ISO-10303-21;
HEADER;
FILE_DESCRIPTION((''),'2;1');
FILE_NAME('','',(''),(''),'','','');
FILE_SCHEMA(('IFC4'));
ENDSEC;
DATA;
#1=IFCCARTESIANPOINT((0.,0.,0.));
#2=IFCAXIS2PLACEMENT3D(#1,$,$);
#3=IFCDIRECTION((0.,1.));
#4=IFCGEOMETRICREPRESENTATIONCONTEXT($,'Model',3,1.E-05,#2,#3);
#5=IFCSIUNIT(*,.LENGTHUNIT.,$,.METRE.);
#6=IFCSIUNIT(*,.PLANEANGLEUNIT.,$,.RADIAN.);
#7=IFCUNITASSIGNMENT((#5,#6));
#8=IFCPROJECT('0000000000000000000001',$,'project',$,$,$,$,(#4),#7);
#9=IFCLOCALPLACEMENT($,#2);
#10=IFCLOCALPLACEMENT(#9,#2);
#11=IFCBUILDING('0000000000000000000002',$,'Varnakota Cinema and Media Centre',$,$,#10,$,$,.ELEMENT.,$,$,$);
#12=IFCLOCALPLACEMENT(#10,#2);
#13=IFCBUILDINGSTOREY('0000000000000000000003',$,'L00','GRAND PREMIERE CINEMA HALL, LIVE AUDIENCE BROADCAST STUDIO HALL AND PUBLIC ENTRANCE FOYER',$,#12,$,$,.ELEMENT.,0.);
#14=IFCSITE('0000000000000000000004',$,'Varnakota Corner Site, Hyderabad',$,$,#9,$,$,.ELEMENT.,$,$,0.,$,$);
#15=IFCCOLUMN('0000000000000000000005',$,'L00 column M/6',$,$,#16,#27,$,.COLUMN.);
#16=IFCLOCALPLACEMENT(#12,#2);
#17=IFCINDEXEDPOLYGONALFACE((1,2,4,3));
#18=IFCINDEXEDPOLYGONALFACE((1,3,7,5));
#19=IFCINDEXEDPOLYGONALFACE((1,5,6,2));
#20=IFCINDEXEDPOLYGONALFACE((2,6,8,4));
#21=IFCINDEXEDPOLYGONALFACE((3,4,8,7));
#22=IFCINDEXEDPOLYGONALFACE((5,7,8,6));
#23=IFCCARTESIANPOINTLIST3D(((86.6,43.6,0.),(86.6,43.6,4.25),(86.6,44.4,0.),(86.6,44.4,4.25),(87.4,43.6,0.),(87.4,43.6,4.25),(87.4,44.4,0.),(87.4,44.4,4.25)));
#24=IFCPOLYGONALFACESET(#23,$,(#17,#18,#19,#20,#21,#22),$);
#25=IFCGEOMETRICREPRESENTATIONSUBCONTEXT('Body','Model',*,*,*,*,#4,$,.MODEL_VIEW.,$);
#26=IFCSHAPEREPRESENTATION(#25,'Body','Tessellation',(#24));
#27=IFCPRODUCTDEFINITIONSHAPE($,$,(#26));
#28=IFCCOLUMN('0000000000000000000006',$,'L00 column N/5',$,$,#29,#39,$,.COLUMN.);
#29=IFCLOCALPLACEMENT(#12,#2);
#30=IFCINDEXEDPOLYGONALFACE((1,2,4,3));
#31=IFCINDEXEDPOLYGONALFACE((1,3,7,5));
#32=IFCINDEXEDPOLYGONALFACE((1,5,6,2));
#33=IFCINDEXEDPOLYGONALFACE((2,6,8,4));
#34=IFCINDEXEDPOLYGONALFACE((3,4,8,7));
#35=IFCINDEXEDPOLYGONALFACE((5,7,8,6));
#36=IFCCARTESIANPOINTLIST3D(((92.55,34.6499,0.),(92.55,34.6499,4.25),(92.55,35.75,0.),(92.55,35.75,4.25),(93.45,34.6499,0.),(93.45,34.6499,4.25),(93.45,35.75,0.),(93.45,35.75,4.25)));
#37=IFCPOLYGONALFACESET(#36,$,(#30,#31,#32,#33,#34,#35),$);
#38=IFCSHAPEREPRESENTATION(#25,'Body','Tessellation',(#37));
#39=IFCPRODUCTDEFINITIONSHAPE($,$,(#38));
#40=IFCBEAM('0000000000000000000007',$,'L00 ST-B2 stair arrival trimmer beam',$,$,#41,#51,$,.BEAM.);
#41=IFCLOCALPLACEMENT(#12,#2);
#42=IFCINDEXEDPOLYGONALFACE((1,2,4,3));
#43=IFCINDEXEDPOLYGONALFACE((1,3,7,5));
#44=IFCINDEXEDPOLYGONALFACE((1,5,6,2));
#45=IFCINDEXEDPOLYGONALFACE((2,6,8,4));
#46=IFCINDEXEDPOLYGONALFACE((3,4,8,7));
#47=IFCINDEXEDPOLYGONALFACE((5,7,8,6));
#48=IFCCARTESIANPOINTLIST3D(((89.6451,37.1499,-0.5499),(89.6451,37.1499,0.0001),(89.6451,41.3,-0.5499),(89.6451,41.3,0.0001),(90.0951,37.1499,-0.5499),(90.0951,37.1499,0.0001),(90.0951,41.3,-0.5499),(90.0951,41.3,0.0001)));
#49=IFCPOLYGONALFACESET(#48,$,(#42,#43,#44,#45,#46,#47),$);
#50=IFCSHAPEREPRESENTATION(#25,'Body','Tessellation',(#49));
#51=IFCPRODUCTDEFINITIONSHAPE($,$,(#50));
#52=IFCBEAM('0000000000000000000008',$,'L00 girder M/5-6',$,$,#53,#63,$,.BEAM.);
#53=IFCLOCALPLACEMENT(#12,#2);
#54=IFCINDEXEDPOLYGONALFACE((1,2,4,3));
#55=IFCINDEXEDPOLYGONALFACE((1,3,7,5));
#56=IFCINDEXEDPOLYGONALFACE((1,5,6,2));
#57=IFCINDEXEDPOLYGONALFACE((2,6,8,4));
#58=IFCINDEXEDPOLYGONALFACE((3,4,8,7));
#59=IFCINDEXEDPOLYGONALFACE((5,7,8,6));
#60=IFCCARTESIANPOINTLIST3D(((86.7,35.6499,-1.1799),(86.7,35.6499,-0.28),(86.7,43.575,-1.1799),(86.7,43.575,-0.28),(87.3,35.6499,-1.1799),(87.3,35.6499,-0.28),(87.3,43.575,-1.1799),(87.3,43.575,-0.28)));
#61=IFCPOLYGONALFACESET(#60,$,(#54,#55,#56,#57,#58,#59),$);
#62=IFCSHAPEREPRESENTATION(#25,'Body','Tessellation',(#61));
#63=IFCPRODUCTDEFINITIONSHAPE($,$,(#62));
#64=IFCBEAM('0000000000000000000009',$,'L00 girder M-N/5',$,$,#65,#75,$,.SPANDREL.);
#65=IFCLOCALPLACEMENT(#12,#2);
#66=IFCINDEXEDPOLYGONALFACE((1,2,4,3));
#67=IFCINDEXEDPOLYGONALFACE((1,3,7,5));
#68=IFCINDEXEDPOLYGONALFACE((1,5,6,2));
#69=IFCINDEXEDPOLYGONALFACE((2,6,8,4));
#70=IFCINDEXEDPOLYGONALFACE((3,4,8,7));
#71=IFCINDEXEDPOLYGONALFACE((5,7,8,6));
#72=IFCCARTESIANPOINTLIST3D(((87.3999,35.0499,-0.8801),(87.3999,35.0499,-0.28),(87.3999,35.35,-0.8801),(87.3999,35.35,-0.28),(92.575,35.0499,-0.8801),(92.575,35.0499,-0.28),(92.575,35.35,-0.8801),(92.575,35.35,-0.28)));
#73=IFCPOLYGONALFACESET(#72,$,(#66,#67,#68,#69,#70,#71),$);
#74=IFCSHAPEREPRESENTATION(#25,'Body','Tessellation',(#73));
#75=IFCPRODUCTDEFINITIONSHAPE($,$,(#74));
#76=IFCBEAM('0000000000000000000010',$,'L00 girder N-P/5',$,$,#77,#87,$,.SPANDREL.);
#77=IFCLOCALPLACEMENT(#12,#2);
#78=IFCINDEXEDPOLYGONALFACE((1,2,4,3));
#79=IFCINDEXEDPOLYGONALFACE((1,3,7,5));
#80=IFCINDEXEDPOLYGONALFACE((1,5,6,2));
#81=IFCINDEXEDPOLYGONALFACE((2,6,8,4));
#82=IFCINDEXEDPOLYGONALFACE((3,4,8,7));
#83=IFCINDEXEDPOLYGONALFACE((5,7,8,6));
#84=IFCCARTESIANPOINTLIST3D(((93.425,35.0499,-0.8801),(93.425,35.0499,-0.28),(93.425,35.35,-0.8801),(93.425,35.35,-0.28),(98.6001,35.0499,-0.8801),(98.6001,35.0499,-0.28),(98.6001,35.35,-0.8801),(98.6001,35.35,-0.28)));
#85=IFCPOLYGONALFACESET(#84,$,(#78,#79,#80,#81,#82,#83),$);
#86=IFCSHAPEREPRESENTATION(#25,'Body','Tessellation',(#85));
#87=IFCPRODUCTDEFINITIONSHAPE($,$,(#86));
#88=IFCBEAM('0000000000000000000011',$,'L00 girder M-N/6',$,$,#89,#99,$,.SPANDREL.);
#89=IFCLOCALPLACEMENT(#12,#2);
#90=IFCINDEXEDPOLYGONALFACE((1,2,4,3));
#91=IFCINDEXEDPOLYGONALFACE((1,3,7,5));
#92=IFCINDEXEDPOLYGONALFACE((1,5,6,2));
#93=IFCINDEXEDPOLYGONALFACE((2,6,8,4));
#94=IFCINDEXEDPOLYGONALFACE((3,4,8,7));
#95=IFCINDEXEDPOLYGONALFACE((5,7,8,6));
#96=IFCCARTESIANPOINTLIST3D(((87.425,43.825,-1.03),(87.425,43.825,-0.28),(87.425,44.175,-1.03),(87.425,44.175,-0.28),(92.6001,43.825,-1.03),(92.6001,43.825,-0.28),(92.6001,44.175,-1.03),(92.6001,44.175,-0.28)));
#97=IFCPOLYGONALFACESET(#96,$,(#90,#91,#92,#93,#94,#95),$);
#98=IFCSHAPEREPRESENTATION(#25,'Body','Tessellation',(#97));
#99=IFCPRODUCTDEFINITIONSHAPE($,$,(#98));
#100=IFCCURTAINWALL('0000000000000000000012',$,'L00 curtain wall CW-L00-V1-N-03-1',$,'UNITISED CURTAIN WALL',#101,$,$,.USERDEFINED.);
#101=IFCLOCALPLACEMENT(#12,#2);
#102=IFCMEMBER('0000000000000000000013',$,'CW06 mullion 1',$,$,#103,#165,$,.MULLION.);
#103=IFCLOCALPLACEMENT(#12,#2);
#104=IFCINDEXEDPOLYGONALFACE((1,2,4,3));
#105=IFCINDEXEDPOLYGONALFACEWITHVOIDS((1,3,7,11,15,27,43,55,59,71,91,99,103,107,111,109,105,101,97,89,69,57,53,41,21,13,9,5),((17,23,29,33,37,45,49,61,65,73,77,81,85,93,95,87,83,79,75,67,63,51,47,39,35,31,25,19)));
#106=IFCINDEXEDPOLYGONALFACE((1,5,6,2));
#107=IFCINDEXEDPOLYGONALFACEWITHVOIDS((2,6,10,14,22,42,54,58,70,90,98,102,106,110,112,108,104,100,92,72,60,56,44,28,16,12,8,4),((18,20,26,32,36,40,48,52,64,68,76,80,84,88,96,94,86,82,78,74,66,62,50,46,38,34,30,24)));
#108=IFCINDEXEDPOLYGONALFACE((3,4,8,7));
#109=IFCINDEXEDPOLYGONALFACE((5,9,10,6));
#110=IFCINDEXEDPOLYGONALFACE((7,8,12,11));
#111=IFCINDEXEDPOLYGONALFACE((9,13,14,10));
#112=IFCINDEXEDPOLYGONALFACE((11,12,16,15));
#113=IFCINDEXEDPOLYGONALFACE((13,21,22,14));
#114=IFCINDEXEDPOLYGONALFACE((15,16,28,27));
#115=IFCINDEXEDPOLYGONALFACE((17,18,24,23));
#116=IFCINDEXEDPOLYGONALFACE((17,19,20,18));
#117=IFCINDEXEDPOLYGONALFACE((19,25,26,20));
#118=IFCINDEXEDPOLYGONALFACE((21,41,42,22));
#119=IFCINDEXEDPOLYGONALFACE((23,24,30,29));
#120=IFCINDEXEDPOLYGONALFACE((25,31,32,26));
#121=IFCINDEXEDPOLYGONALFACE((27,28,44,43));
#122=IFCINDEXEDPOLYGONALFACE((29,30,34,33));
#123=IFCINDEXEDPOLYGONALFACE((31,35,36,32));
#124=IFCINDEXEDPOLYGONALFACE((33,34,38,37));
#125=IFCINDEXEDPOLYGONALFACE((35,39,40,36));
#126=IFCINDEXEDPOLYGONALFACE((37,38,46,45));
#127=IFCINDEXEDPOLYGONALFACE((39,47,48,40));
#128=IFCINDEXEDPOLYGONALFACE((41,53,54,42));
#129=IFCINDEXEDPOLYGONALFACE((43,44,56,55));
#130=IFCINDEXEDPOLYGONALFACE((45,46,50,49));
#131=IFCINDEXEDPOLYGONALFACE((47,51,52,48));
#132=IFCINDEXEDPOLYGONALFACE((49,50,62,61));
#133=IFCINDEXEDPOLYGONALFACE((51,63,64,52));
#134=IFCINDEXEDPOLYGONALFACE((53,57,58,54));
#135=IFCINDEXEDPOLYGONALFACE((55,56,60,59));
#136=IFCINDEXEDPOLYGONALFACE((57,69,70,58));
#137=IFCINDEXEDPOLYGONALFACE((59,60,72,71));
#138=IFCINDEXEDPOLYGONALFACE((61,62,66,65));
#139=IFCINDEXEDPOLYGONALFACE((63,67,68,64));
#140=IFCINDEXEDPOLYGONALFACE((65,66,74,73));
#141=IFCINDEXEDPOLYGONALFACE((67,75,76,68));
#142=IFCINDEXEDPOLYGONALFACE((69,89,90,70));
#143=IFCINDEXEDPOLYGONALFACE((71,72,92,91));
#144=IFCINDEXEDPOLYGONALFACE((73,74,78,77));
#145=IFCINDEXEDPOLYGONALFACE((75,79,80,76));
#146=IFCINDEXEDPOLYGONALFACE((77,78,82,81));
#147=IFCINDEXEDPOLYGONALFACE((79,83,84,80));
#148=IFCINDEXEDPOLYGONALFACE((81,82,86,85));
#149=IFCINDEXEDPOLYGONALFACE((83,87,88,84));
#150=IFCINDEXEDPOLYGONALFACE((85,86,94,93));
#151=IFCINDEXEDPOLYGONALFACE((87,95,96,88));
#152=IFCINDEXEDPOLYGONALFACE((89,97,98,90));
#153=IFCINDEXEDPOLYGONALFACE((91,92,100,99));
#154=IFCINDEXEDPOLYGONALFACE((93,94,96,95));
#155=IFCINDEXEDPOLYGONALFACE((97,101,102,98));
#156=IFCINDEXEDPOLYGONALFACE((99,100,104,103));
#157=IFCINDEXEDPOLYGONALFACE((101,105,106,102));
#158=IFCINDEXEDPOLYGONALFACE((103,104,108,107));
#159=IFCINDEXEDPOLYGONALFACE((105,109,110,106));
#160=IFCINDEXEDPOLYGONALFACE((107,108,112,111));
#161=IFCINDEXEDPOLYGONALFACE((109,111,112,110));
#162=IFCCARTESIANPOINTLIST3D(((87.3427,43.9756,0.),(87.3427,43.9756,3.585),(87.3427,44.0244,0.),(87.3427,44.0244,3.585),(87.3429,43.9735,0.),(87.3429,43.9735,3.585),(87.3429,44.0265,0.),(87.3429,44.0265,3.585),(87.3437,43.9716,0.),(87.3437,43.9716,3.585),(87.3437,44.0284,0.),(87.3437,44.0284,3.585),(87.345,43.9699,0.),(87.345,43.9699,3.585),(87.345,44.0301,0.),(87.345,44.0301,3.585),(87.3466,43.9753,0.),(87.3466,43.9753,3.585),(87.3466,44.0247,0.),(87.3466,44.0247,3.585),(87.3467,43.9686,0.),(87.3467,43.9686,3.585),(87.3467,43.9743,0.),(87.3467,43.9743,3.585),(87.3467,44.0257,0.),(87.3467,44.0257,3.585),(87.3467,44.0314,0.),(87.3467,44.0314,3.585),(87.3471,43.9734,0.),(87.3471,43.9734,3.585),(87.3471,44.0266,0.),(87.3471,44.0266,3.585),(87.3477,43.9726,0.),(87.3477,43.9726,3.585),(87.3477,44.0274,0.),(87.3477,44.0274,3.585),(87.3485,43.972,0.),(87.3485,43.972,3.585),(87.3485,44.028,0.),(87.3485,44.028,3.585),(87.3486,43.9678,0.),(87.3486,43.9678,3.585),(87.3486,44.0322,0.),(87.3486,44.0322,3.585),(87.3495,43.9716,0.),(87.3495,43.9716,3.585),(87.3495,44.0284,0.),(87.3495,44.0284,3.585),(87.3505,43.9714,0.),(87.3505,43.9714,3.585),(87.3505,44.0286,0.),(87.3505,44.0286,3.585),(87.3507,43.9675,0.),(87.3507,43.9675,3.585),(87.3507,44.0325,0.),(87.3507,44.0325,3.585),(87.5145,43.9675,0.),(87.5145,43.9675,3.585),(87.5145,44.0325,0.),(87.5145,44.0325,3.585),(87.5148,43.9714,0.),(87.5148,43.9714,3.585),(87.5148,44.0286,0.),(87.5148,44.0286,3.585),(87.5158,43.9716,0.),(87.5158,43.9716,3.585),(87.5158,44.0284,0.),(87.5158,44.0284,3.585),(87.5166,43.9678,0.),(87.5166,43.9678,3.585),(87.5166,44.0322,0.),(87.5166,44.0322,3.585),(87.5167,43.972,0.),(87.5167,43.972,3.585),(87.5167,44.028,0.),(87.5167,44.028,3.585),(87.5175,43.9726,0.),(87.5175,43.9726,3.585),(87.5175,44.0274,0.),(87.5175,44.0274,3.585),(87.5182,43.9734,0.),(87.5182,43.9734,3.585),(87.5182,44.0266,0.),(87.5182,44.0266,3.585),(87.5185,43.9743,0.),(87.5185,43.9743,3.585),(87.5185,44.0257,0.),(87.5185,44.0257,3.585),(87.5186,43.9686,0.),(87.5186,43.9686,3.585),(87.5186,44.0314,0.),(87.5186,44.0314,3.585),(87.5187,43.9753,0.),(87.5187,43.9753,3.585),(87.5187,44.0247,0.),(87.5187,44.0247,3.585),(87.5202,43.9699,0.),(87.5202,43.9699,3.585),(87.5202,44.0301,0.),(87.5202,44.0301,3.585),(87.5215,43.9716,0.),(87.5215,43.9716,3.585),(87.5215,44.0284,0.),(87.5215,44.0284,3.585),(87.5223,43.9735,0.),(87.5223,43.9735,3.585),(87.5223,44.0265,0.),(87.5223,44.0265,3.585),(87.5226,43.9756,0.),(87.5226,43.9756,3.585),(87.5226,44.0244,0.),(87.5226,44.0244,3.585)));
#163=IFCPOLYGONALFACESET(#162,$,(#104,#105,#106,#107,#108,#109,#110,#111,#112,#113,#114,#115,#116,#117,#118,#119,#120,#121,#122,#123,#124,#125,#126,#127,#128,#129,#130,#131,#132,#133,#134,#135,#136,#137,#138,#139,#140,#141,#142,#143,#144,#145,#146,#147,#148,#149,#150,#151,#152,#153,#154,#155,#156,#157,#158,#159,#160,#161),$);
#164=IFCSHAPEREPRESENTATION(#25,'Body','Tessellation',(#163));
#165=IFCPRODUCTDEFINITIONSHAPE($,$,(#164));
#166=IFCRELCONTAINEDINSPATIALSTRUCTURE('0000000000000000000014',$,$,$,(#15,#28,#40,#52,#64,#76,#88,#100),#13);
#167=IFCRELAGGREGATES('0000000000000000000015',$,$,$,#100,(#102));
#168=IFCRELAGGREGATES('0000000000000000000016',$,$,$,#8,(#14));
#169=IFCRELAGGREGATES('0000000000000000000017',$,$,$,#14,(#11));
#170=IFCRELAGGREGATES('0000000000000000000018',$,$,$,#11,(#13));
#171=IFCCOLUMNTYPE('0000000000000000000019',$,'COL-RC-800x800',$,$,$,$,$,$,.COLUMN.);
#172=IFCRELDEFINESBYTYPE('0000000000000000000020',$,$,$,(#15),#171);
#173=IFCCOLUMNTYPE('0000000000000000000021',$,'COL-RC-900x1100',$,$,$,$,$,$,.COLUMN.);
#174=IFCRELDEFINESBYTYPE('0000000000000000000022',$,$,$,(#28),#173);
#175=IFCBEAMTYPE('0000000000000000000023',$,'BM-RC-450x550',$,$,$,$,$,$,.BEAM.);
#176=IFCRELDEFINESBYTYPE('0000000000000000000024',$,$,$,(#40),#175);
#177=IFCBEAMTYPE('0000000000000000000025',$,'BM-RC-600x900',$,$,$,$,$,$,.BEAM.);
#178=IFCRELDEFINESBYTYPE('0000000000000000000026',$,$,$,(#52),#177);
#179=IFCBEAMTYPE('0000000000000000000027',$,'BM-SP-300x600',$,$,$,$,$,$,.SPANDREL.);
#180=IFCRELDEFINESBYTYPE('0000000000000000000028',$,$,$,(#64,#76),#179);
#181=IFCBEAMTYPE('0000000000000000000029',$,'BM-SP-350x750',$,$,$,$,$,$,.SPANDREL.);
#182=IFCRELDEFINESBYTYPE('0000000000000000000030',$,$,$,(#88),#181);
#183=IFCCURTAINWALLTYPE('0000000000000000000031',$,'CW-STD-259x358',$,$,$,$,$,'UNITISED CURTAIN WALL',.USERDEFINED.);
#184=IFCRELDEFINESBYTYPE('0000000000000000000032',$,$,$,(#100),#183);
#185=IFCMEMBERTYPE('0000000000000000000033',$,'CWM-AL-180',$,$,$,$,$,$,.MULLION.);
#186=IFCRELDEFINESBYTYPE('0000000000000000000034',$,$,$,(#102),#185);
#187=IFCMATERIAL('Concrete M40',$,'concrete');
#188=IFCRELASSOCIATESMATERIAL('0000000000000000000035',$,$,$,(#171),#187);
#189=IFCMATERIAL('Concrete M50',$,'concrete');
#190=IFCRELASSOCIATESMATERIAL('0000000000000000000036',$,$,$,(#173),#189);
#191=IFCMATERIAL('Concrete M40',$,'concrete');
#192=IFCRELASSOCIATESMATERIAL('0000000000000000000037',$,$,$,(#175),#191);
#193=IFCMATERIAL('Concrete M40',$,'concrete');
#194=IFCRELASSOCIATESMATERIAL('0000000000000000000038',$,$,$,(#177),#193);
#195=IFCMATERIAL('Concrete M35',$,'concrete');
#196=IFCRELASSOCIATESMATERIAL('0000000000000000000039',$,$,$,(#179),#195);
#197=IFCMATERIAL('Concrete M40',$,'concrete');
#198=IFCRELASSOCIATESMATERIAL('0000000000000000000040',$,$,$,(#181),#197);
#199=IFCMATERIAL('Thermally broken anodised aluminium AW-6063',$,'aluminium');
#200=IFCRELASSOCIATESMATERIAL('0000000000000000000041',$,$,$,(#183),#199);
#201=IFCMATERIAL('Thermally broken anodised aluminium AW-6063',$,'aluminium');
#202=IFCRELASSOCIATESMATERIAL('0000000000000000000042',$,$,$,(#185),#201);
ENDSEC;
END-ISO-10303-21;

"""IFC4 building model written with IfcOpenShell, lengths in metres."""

from ifc_helpers import new_model, si_unit, direction, frame, origin, origin_2d, place, context, subcontext, project, spatial, rectangle, hollow_rectangle, extrude, material, material_profile, profile_set, type_object, element, aggregate, save


model = new_model("IFC4")

# Units and contexts
model_context = context("Model", 3, precision=1e-05, world=origin(), true_north=direction((0.0, 1.0)))
body_context = subcontext(model_context, "Body", "Model", "MODEL_VIEW")
ifc_project = project(units=[si_unit("LENGTHUNIT", "METRE"), si_unit("PLANEANGLEUNIT", "RADIAN")], contexts=[model_context])

# Site, building, storey
site_placement = place(None, origin())
site = spatial("IfcSite", under=ifc_project, at=site_placement, Name="Varnakota Corner Site, Hyderabad", CompositionType="ELEMENT", RefElevation=0.0)
building_placement = place(site_placement, origin())
building = spatial("IfcBuilding", under=site, at=building_placement, Name="Varnakota Cinema and Media Centre", CompositionType="ELEMENT")
storey_placement = place(building_placement, origin())
storey = spatial("IfcBuildingStorey", under=building, at=storey_placement, Name="L00", Description="GRAND PREMIERE CINEMA HALL, LIVE AUDIENCE BROADCAST STUDIO HALL AND PUBLIC ENTRANCE FOYER", CompositionType="ELEMENT", Elevation=0.0)

# Columns
ifc_material_1 = material(Name="Concrete M40", Category="concrete")
ifc_material_profile_1 = material_profile(ifc_material_1, rectangle(XDim=0.8, YDim=0.8, at=origin_2d()), Name="RC 800x800")
ifc_profile_set_1 = profile_set([ifc_material_profile_1], Name="Concrete M40")
column_type_1 = type_object("IfcColumnType", Name="COL-RC-800x800", PredefinedType="COLUMN", material=ifc_profile_set_1)
column_1_placement = place(storey_placement, frame((87.0, 44.0, 0.0), z_axis=(0.0, 0.0, 1.0), x_axis=(1.0, 0.0, 0.0)))
element("IfcColumn", 1, at=column_1_placement, inside=storey, type_object=column_type_1, Name="L00 column M/6", PredefinedType="COLUMN", context=body_context, shape_type="SweptSolid", body=[
    extrude(rectangle(XDim=0.8, YDim=0.8, at=origin_2d()), origin(), (0.0, 0.0, 1.0), 4.25),
])
ifc_material_2 = material(Name="Concrete M50", Category="concrete")
ifc_material_profile_2 = material_profile(ifc_material_2, rectangle(XDim=0.8999, YDim=1.1001, at=origin_2d()), Name="RC 900x1100")
ifc_profile_set_2 = profile_set([ifc_material_profile_2], Name="Concrete M50")
column_type_2 = type_object("IfcColumnType", Name="COL-RC-900x1100", PredefinedType="COLUMN", material=ifc_profile_set_2)
column_2_placement = place(storey_placement, frame((93.0, 35.2, 0.0), z_axis=(0.0, 0.0, 1.0), x_axis=(1.0, 0.0, 0.0)))
element("IfcColumn", 2, at=column_2_placement, inside=storey, type_object=column_type_2, Name="L00 column N/5", PredefinedType="COLUMN", context=body_context, shape_type="SweptSolid", body=[
    extrude(rectangle(XDim=0.8999, YDim=1.1001, at=origin_2d()), origin(), (0.0, 0.0, 1.0), 4.25),
])

# Beams
ifc_material_3 = material(Name="Concrete M40", Category="concrete")
ifc_material_profile_3 = material_profile(ifc_material_3, rectangle(XDim=0.45, YDim=0.55, at=origin_2d()), Name="RCB 450x550")
ifc_profile_set_3 = profile_set([ifc_material_profile_3], Name="Concrete M40")
beam_type_1 = type_object("IfcBeamType", Name="BM-RC-450x550", PredefinedType="BEAM", material=ifc_profile_set_3)
beam_1_placement = place(storey_placement, frame((89.8701, 37.1499, -0.2749), z_axis=(0.0, 1.0, 0.0), x_axis=(-1.0, 0.0, 0.0)))
element("IfcBeam", 3, at=beam_1_placement, inside=storey, type_object=beam_type_1, Name="L00 ST-B2 stair arrival trimmer beam", PredefinedType="BEAM", context=body_context, shape_type="SweptSolid", body=[
    extrude(rectangle(XDim=0.45, YDim=0.55, at=origin_2d()), origin(), (0.0, 0.0, 1.0), 4.1501),
])
ifc_material_4 = material(Name="Concrete M40", Category="concrete")
ifc_material_profile_4 = material_profile(ifc_material_4, rectangle(XDim=0.6001, YDim=0.8999, at=origin_2d()), Name="RCB 600x900")
ifc_profile_set_4 = profile_set([ifc_material_profile_4], Name="Concrete M40")
beam_type_2 = type_object("IfcBeamType", Name="BM-RC-600x900", PredefinedType="BEAM", material=ifc_profile_set_4)
beam_2_placement = place(storey_placement, frame((87.0, 35.6499, -0.73), z_axis=(0.0, 1.0, 0.0), x_axis=(-1.0, 0.0, 0.0)))
element("IfcBeam", 4, at=beam_2_placement, inside=storey, type_object=beam_type_2, Name="L00 girder M/5-6", PredefinedType="BEAM", context=body_context, shape_type="SweptSolid", body=[
    extrude(rectangle(XDim=0.6001, YDim=0.8999, at=origin_2d()), origin(), (0.0, 0.0, 1.0), 7.925),
])
ifc_material_5 = material(Name="Concrete M35", Category="concrete")
ifc_material_profile_5 = material_profile(ifc_material_5, rectangle(XDim=0.3, YDim=0.6001, at=origin_2d()), Name="RCB 300x600")
ifc_profile_set_5 = profile_set([ifc_material_profile_5], Name="Concrete M35")
beam_type_3 = type_object("IfcBeamType", Name="BM-SP-300x600", PredefinedType="SPANDREL", material=ifc_profile_set_5)
for number, where, z_axis, x_axis, name in (
    (5, (87.3999, 35.2, -0.5801), (1.0, 0.0, 0.0), (0.0, 1.0, 0.0), "L00 girder M-N/5"),
    (6, (93.425, 35.2, -0.5801), (1.0, 0.0, 0.0), (0.0, 1.0, 0.0), "L00 girder N-P/5"),
):
    element("IfcBeam", number, at=place(storey_placement, frame(where, z_axis=z_axis, x_axis=x_axis)), inside=storey, type_object=beam_type_3, Name=name, PredefinedType="SPANDREL", context=body_context, shape_type="SweptSolid", body=[
        extrude(rectangle(XDim=0.3, YDim=0.6001, at=origin_2d()), origin(), (0.0, 0.0, 1.0), 5.175),
    ])
ifc_material_6 = material(Name="Concrete M40", Category="concrete")
ifc_material_profile_6 = material_profile(ifc_material_6, rectangle(XDim=0.3501, YDim=0.75, at=origin_2d()), Name="RCB 350x750")
ifc_profile_set_6 = profile_set([ifc_material_profile_6], Name="Concrete M40")
beam_type_4 = type_object("IfcBeamType", Name="BM-SP-350x750", PredefinedType="SPANDREL", material=ifc_profile_set_6)
beam_3_placement = place(storey_placement, frame((87.425, 44.0, -0.655), z_axis=(1.0, 0.0, 0.0), x_axis=(0.0, 1.0, 0.0)))
element("IfcBeam", 7, at=beam_3_placement, inside=storey, type_object=beam_type_4, Name="L00 girder M-N/6", PredefinedType="SPANDREL", context=body_context, shape_type="SweptSolid", body=[
    extrude(rectangle(XDim=0.3501, YDim=0.75, at=origin_2d()), origin(), (0.0, 0.0, 1.0), 5.175),
])

# Curtain wall, member
ifc_material_7 = material(Name="Thermally broken anodised aluminium AW-6063", Category="aluminium")
curtain_wall_type = type_object("IfcCurtainWallType", Name="CW-STD-259x358", ElementType="UNITISED CURTAIN WALL", PredefinedType="USERDEFINED", material=ifc_material_7)
curtain_wall_1_placement = place(storey_placement, origin())
curtain_wall_1 = element("IfcCurtainWall", 8, at=curtain_wall_1_placement, inside=storey, type_object=curtain_wall_type, Name="L00 curtain wall CW-L00-V1-N-03-1", ObjectType="UNITISED CURTAIN WALL", PredefinedType="USERDEFINED")
ifc_material_8 = material(Name="Thermally broken anodised aluminium AW-6063", Category="aluminium")
ifc_material_profile_7 = material_profile(ifc_material_8, hollow_rectangle(XDim=0.0649, YDim=0.1799, WallThickness=0.0039, InnerFilletRadius=0.0039, OuterFilletRadius=0.0081, at=origin_2d()), Name="AL-MULLION 180x65x4")
ifc_profile_set_7 = profile_set([ifc_material_profile_7], Name="Thermally broken anodised aluminium AW-6063")
member_type_1 = type_object("IfcMemberType", Name="CWM-AL-180", PredefinedType="MULLION", material=ifc_profile_set_7)
member_1_placement = place(storey_placement, frame((87.4326, 44.0, 0.0), z_axis=(0.0, 0.0, 1.0), x_axis=(0.0, 1.0, 0.0)))
member_1 = element("IfcMember", 9, at=member_1_placement, type_object=member_type_1, Name="CW06 mullion 1", PredefinedType="MULLION", context=body_context, shape_type="SweptSolid", body=[
    extrude(hollow_rectangle(XDim=0.0649, YDim=0.1799, WallThickness=0.0039, InnerFilletRadius=0.0039, OuterFilletRadius=0.0081, at=origin_2d()), origin(), (0.0, 0.0, 1.0), 3.585),
])

aggregate(curtain_wall_1, [member_1])

save(model, "model.ifc")
